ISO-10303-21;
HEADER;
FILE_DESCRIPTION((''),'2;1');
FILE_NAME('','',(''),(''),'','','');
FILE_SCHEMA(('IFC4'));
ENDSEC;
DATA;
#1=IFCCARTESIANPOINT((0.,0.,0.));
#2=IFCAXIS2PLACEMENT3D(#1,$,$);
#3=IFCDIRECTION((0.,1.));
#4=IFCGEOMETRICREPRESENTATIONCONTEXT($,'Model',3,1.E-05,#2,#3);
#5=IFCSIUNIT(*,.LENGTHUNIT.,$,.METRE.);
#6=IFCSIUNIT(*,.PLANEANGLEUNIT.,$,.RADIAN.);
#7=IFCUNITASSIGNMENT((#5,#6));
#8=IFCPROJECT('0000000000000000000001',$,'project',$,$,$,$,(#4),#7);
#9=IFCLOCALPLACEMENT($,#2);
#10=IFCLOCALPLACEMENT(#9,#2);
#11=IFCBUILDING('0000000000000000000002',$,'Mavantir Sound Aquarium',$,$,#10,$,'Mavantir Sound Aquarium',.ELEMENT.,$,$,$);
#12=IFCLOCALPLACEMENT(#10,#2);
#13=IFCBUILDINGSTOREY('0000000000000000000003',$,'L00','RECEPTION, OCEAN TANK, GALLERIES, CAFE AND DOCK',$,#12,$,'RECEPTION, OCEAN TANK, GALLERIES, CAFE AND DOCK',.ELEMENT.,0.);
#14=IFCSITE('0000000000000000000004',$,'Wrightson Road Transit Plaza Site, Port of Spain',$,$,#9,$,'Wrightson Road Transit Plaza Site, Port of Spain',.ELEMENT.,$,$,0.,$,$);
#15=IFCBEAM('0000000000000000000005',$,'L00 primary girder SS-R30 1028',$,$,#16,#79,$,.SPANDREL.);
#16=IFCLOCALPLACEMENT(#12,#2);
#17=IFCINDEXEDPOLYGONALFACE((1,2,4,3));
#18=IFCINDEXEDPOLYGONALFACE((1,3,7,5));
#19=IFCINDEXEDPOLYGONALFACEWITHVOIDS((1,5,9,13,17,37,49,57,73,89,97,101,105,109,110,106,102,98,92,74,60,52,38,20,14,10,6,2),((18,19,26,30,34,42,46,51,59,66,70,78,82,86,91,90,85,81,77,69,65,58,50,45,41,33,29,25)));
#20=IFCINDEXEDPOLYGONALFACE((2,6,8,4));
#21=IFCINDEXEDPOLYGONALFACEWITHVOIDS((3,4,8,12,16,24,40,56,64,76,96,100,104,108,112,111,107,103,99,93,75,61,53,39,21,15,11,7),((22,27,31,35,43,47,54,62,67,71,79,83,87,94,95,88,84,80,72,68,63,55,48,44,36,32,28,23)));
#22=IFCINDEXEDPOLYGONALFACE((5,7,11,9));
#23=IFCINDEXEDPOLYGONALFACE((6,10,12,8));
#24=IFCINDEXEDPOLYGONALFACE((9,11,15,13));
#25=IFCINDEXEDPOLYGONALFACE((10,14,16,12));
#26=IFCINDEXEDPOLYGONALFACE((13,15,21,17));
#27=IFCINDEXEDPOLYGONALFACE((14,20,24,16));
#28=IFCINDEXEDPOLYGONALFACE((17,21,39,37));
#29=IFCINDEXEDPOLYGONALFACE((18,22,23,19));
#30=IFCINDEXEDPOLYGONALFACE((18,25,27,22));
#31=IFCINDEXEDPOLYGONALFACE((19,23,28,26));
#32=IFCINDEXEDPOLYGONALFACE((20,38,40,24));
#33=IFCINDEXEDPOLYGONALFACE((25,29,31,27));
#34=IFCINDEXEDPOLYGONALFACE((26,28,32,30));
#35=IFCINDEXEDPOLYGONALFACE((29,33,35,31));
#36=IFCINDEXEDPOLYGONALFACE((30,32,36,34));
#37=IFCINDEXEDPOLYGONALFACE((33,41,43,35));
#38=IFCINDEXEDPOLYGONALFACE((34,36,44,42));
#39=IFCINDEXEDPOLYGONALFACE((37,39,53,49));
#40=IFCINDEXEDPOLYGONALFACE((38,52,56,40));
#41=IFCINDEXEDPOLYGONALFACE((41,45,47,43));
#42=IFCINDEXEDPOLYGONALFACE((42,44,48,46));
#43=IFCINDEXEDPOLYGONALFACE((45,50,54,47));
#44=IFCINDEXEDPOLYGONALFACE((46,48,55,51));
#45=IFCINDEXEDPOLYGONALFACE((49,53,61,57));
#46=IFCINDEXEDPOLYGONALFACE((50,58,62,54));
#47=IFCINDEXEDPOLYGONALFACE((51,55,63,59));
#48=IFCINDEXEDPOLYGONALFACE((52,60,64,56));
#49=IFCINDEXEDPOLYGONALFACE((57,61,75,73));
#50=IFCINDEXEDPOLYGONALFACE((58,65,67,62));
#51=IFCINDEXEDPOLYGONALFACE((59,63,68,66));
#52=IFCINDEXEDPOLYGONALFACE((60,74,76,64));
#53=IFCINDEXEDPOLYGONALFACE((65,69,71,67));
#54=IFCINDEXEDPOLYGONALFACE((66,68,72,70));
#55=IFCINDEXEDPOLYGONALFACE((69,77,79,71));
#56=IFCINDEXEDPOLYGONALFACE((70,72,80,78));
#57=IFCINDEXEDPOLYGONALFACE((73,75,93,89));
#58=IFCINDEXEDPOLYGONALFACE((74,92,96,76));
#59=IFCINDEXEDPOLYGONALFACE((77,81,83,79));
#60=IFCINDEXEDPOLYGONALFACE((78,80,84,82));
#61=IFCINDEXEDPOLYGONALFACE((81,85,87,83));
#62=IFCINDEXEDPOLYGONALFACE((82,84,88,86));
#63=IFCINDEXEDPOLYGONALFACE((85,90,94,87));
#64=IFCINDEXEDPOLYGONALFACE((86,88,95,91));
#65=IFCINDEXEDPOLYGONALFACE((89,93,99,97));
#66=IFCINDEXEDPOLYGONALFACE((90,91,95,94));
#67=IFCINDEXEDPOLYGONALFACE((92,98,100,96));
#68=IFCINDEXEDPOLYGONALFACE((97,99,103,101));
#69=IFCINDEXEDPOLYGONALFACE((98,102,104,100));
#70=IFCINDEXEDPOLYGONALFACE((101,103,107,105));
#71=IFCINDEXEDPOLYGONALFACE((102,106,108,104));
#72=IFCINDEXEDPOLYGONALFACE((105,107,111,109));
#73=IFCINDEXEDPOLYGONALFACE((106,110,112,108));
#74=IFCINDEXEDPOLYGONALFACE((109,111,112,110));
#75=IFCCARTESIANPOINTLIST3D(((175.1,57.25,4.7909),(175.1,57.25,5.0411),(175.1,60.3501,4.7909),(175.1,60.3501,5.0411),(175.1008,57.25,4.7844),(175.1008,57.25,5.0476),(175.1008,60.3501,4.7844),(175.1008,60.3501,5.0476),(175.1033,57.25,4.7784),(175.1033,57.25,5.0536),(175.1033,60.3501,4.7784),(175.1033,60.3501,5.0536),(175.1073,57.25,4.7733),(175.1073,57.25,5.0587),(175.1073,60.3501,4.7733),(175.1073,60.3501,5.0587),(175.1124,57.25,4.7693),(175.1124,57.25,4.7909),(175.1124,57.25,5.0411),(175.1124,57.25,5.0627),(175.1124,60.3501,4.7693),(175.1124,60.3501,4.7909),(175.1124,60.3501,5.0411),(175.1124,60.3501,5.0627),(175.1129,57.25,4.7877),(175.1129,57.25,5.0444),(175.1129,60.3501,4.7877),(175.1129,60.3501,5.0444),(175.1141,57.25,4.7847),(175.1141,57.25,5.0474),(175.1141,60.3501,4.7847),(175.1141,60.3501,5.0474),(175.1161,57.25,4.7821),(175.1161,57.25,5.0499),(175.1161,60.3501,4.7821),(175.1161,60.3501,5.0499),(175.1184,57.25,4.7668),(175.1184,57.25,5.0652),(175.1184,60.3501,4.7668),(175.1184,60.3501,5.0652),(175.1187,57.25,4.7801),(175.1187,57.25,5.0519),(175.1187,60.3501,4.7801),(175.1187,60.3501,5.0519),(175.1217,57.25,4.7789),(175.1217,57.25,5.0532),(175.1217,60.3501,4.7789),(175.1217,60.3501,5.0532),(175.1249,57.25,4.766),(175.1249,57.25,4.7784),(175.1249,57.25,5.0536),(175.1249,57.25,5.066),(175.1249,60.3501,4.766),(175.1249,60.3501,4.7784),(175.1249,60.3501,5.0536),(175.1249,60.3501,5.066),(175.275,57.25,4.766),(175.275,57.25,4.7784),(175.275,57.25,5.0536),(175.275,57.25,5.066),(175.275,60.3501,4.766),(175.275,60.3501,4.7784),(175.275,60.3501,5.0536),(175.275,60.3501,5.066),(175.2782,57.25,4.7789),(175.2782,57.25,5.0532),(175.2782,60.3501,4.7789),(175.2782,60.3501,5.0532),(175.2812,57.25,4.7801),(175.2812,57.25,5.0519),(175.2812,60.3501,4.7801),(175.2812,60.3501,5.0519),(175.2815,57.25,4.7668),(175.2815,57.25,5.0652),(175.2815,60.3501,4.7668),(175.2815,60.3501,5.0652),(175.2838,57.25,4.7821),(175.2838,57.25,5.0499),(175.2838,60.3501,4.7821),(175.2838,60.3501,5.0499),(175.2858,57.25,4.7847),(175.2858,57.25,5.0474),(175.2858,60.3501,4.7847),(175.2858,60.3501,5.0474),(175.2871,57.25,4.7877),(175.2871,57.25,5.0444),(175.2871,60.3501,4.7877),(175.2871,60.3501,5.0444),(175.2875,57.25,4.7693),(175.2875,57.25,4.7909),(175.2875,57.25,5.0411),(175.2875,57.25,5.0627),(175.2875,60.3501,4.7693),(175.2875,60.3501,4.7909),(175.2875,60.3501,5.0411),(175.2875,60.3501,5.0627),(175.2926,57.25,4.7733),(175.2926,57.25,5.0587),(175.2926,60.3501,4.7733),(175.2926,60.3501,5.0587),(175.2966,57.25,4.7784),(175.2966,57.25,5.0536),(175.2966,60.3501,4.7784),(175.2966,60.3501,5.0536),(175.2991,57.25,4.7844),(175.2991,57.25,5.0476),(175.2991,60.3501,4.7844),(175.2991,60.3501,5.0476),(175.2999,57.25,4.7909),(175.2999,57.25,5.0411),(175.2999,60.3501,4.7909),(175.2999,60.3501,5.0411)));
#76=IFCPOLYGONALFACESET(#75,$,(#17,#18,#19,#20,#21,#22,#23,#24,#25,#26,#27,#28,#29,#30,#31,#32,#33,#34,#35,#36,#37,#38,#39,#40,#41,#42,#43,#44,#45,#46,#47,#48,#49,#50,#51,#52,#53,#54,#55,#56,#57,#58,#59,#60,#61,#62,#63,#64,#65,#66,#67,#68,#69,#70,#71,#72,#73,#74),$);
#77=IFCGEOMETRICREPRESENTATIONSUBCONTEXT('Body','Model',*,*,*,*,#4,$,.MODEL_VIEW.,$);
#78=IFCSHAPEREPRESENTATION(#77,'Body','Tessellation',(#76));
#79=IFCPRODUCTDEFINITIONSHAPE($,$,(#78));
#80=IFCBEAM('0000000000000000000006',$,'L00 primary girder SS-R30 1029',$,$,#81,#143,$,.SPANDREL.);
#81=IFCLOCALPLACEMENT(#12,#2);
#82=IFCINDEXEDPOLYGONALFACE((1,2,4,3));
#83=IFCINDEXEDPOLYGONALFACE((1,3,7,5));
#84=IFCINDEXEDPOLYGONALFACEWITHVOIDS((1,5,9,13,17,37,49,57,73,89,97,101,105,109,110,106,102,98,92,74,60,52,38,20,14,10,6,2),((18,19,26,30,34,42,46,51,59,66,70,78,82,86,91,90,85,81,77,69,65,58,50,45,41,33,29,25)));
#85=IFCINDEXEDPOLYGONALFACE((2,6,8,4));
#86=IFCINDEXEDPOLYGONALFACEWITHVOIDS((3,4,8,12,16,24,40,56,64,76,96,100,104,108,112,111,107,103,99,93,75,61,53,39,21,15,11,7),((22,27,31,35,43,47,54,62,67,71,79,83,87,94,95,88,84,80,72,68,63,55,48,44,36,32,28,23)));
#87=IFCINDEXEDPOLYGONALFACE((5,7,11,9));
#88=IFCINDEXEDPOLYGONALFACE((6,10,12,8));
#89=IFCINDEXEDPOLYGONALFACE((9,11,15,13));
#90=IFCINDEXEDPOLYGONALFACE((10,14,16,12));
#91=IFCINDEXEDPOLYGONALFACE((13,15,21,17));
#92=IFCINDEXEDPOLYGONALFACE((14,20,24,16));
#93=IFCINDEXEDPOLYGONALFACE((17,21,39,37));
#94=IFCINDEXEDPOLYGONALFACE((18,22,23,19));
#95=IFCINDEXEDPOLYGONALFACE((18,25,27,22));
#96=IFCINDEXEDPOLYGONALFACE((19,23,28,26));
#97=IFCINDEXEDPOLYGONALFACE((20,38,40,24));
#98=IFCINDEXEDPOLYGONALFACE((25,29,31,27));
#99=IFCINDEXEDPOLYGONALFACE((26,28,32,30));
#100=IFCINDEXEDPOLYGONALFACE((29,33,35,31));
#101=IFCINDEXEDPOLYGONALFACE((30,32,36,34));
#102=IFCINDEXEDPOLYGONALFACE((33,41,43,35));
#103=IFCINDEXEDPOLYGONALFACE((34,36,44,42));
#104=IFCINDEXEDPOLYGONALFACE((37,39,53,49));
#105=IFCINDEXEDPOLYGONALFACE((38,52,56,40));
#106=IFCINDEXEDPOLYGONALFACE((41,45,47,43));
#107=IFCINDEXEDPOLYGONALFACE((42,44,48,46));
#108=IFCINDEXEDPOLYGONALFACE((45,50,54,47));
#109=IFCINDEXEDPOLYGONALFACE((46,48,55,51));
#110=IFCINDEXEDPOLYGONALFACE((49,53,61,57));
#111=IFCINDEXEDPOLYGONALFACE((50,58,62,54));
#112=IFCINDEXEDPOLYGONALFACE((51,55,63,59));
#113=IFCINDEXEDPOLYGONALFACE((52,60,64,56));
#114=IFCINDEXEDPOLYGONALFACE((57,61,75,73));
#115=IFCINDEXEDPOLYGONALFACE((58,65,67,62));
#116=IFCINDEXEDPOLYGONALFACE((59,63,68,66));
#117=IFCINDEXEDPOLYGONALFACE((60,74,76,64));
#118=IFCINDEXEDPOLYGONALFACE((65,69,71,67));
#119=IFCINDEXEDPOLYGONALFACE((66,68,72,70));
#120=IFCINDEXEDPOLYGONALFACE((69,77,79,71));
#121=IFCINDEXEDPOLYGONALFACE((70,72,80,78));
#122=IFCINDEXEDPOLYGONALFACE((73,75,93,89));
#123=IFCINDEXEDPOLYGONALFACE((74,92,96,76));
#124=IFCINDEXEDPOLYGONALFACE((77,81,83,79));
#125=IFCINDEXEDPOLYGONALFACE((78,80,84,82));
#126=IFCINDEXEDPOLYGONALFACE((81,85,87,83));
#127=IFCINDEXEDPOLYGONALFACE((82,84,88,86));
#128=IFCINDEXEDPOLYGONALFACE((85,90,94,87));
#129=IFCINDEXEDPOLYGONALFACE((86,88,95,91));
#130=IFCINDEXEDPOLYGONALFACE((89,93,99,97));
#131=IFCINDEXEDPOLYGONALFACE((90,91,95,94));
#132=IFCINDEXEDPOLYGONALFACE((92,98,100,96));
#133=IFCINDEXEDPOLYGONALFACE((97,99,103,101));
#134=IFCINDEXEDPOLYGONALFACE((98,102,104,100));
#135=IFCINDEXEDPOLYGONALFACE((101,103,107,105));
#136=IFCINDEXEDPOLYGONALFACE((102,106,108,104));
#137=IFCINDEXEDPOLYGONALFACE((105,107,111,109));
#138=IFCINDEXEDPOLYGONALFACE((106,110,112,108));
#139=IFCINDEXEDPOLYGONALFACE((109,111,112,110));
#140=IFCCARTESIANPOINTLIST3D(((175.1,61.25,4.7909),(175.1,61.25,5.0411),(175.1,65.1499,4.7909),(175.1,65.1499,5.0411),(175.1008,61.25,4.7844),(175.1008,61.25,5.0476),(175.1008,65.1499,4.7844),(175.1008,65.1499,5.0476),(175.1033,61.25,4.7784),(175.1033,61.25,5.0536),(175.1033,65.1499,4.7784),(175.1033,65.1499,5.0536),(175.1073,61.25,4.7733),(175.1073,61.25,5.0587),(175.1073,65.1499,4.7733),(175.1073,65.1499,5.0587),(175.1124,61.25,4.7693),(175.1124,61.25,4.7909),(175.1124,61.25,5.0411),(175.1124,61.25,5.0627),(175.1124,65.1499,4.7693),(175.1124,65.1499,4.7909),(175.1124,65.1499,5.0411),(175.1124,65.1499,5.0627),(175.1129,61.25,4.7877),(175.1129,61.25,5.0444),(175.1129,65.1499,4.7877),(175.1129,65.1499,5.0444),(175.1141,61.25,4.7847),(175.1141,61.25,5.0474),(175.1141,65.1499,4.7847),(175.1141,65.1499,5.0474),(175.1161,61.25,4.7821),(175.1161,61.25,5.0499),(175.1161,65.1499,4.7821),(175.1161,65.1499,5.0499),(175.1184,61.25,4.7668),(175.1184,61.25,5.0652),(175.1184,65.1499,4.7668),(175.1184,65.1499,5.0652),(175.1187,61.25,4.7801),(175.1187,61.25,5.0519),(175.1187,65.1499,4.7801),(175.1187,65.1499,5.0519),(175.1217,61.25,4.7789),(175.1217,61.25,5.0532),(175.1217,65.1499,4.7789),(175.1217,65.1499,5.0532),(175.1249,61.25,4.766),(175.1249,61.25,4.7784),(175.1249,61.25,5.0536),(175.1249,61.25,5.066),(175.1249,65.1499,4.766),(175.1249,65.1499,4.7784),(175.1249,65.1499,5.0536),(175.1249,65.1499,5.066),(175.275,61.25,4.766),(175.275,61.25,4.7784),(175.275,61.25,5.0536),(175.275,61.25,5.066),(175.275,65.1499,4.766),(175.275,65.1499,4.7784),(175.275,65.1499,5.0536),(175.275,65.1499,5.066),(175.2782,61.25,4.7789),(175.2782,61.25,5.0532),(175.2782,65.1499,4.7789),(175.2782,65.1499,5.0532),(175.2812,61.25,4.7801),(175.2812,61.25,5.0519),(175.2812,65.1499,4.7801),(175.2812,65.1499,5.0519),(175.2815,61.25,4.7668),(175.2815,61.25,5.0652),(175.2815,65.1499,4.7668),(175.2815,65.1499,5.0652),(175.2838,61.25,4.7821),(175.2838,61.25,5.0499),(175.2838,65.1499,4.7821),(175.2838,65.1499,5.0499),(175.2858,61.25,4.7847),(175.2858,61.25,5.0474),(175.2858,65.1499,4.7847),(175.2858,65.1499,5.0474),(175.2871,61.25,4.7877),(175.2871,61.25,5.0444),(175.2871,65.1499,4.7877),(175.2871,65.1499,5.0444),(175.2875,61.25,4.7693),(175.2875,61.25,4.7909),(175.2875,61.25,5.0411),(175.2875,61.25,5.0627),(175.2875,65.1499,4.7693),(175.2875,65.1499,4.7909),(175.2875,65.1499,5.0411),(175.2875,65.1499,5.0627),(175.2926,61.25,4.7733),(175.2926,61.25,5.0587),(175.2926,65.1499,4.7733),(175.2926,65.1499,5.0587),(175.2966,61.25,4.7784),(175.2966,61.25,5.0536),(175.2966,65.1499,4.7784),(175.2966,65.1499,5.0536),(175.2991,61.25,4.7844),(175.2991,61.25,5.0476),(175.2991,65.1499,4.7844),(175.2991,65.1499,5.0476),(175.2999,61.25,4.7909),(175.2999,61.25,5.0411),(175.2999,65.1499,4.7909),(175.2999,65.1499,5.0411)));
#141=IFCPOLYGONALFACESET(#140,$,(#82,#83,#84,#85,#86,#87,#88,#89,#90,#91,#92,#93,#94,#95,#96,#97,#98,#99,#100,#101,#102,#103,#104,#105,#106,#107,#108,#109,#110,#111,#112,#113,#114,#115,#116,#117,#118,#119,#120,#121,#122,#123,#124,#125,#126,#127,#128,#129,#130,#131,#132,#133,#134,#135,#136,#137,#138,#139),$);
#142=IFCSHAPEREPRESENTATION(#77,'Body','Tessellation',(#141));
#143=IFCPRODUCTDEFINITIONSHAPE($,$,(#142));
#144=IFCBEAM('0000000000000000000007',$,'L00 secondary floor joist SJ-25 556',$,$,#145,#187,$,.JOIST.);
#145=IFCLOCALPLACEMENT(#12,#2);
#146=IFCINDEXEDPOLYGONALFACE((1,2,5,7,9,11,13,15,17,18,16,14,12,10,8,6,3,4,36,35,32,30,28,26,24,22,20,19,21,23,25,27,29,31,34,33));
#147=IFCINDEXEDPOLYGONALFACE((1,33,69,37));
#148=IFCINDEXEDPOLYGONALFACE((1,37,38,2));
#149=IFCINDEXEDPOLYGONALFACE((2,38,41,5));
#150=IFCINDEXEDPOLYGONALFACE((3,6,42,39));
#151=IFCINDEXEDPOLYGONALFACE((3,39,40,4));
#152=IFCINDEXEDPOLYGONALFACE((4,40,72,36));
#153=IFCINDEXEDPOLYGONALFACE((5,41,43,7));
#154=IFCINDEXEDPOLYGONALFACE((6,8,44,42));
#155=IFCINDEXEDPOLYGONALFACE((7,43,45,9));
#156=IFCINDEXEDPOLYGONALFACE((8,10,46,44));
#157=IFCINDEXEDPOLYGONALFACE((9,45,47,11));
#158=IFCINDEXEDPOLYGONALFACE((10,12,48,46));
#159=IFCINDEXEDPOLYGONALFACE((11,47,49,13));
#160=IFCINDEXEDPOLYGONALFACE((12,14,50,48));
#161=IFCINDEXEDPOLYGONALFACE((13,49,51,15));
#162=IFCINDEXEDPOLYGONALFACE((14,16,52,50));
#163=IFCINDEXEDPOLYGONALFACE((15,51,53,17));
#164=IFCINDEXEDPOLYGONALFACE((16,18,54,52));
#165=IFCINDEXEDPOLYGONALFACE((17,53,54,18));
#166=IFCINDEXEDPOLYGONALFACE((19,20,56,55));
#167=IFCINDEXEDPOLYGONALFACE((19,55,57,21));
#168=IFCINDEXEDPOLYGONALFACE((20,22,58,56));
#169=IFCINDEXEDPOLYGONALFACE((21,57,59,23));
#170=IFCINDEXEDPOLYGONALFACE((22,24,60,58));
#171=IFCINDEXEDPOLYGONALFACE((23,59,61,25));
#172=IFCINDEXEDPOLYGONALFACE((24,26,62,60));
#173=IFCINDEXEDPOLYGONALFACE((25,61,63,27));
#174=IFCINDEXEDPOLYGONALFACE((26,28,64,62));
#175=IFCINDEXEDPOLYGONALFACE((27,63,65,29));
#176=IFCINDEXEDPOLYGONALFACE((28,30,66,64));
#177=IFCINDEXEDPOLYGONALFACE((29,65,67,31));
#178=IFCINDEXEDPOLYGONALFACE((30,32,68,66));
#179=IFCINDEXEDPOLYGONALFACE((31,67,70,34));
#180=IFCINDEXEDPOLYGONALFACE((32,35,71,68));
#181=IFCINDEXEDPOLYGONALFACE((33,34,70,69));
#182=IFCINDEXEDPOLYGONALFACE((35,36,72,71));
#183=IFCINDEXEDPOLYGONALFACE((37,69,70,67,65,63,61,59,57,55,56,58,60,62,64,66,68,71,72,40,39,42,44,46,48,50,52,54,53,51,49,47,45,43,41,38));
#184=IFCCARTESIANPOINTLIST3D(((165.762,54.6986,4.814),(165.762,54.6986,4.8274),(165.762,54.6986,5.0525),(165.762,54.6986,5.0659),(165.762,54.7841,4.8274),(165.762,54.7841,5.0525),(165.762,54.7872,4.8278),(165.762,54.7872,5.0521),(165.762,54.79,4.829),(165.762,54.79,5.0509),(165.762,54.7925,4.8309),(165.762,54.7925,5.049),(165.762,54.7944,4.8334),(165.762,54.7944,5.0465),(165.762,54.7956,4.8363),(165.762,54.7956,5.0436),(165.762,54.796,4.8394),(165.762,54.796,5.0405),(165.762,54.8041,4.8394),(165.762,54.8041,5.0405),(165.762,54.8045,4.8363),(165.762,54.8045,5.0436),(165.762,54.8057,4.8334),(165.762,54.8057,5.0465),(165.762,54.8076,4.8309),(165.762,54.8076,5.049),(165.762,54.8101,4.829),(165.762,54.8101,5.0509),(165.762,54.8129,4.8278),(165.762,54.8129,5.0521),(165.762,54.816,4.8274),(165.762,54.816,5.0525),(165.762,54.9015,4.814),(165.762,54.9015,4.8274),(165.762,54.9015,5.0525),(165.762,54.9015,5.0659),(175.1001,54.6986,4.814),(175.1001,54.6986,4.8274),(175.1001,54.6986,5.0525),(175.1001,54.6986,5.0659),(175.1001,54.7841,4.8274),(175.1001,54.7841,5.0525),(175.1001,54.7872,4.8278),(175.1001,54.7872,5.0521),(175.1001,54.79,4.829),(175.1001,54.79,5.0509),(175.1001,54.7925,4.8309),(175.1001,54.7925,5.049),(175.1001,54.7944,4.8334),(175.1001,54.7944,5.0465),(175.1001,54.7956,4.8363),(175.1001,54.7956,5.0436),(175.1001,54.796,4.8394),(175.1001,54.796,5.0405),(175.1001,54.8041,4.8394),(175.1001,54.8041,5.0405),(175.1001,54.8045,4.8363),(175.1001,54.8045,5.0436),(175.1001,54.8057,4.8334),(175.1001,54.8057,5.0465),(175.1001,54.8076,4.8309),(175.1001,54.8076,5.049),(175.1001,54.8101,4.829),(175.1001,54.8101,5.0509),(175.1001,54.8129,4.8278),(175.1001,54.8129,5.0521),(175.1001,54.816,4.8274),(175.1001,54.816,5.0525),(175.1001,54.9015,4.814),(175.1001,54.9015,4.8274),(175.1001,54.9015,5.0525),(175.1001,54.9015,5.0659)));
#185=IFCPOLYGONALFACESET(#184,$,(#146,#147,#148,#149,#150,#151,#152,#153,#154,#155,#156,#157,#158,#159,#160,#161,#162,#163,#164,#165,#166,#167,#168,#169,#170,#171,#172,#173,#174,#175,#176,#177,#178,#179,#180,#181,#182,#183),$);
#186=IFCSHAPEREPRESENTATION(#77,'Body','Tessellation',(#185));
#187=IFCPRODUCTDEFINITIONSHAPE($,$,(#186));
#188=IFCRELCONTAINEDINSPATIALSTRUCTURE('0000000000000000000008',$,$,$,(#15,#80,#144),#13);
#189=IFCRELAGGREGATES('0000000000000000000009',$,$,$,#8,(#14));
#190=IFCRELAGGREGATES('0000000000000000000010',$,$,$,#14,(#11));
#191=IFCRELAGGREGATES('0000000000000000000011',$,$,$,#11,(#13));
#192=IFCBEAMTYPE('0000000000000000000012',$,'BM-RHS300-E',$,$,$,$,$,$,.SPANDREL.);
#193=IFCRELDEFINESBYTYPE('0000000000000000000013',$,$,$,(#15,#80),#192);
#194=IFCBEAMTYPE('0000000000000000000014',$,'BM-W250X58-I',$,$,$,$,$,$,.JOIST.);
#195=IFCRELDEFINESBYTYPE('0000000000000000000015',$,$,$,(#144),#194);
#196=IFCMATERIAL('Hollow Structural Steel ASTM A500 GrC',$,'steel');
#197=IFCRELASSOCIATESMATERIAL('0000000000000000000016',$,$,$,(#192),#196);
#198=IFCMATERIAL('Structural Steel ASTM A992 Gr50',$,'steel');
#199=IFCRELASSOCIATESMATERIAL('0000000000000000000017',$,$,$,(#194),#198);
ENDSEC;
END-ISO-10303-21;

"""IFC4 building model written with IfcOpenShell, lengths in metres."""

from ifc_helpers import new_model, si_unit, direction, frame, origin, origin_2d, place, context, subcontext, project, spatial, hollow_rectangle, i_section, extrude, material, material_profile, profile_set, type_object, element, save


model = new_model("IFC4")

# Units and contexts
model_context = context("Model", 3, precision=1e-05, world=origin(), true_north=direction((0.0, 1.0)))
body_context = subcontext(model_context, "Body", "Model", "MODEL_VIEW")
ifc_project = project(units=[si_unit("LENGTHUNIT", "METRE"), si_unit("PLANEANGLEUNIT", "RADIAN")], contexts=[model_context])

# Site, building, storey
site_placement = place(None, origin())
site = spatial("IfcSite", under=ifc_project, at=site_placement, Name="Wrightson Road Transit Plaza Site, Port of Spain", LongName="Wrightson Road Transit Plaza Site, Port of Spain", CompositionType="ELEMENT", RefElevation=0.0)
building_placement = place(site_placement, origin())
building = spatial("IfcBuilding", under=site, at=building_placement, Name="Mavantir Sound Aquarium", LongName="Mavantir Sound Aquarium", CompositionType="ELEMENT")
storey_placement = place(building_placement, origin())
storey = spatial("IfcBuildingStorey", under=building, at=storey_placement, Name="L00", Description="RECEPTION, OCEAN TANK, GALLERIES, CAFE AND DOCK", LongName="RECEPTION, OCEAN TANK, GALLERIES, CAFE AND DOCK", CompositionType="ELEMENT", Elevation=0.0)

# Beams
ifc_material_1 = material(Name="Hollow Structural Steel ASTM A500 GrC", Category="steel")
ifc_material_profile_1 = material_profile(ifc_material_1, hollow_rectangle(XDim=0.2, YDim=0.3, WallThickness=0.0125, InnerFilletRadius=0.0125, OuterFilletRadius=0.0249, at=origin_2d()), Name="RHS 300X200X12.5")
ifc_profile_set_1 = profile_set([ifc_material_profile_1], Name="Hollow Structural Steel ASTM A500 GrC")
beam_type_1 = type_object("IfcBeamType", Name="BM-RHS300-E", PredefinedType="SPANDREL", material=ifc_profile_set_1)
beam_1_placement = place(storey_placement, frame((175.2, 57.25, 4.916), z_axis=(0.0, 1.0, 0.0), x_axis=(-1.0, 0.0, 0.0)))
element("IfcBeam", 1, at=beam_1_placement, inside=storey, type_object=beam_type_1, Name="L00 primary girder SS-R30 1028", PredefinedType="SPANDREL", context=body_context, shape_type="SweptSolid", body=[
    extrude(hollow_rectangle(XDim=0.2, YDim=0.3, WallThickness=0.0125, InnerFilletRadius=0.0125, OuterFilletRadius=0.0249, at=origin_2d()), origin(), (0.0, 0.0, 1.0), 3.1001),
])
beam_2_placement = place(storey_placement, frame((175.2, 61.25, 4.916), z_axis=(0.0, 1.0, 0.0), x_axis=(-1.0, 0.0, 0.0)))
element("IfcBeam", 2, at=beam_2_placement, inside=storey, type_object=beam_type_1, Name="L00 primary girder SS-R30 1029", PredefinedType="SPANDREL", context=body_context, shape_type="SweptSolid", body=[
    extrude(hollow_rectangle(XDim=0.2, YDim=0.3, WallThickness=0.0125, InnerFilletRadius=0.0125, OuterFilletRadius=0.0249, at=origin_2d()), origin(), (0.0, 0.0, 1.0), 3.8999),
])
ifc_material_2 = material(Name="Structural Steel ASTM A992 Gr50", Category="steel")
ifc_material_profile_2 = material_profile(ifc_material_2, i_section(OverallWidth=0.2029, OverallDepth=0.252, WebThickness=0.0081, FlangeThickness=0.0134, FilletRadius=0.012, at=origin_2d()), Name="W250X58")
ifc_profile_set_2 = profile_set([ifc_material_profile_2], Name="Structural Steel ASTM A992 Gr50")
beam_type_2 = type_object("IfcBeamType", Name="BM-W250X58-I", PredefinedType="JOIST", material=ifc_profile_set_2)
beam_3_placement = place(storey_placement, frame((165.762, 54.8, 4.9399), z_axis=(1.0, 0.0, 0.0), x_axis=(0.0, 1.0, 0.0)))
element("IfcBeam", 3, at=beam_3_placement, inside=storey, type_object=beam_type_2, Name="L00 secondary floor joist SJ-25 556", PredefinedType="JOIST", context=body_context, shape_type="SweptSolid", body=[
    extrude(i_section(OverallWidth=0.2029, OverallDepth=0.252, WebThickness=0.0081, FlangeThickness=0.0134, FilletRadius=0.012, at=origin_2d()), origin(), (0.0, 0.0, 1.0), 9.3381),
])

save(model, "model.ifc")
